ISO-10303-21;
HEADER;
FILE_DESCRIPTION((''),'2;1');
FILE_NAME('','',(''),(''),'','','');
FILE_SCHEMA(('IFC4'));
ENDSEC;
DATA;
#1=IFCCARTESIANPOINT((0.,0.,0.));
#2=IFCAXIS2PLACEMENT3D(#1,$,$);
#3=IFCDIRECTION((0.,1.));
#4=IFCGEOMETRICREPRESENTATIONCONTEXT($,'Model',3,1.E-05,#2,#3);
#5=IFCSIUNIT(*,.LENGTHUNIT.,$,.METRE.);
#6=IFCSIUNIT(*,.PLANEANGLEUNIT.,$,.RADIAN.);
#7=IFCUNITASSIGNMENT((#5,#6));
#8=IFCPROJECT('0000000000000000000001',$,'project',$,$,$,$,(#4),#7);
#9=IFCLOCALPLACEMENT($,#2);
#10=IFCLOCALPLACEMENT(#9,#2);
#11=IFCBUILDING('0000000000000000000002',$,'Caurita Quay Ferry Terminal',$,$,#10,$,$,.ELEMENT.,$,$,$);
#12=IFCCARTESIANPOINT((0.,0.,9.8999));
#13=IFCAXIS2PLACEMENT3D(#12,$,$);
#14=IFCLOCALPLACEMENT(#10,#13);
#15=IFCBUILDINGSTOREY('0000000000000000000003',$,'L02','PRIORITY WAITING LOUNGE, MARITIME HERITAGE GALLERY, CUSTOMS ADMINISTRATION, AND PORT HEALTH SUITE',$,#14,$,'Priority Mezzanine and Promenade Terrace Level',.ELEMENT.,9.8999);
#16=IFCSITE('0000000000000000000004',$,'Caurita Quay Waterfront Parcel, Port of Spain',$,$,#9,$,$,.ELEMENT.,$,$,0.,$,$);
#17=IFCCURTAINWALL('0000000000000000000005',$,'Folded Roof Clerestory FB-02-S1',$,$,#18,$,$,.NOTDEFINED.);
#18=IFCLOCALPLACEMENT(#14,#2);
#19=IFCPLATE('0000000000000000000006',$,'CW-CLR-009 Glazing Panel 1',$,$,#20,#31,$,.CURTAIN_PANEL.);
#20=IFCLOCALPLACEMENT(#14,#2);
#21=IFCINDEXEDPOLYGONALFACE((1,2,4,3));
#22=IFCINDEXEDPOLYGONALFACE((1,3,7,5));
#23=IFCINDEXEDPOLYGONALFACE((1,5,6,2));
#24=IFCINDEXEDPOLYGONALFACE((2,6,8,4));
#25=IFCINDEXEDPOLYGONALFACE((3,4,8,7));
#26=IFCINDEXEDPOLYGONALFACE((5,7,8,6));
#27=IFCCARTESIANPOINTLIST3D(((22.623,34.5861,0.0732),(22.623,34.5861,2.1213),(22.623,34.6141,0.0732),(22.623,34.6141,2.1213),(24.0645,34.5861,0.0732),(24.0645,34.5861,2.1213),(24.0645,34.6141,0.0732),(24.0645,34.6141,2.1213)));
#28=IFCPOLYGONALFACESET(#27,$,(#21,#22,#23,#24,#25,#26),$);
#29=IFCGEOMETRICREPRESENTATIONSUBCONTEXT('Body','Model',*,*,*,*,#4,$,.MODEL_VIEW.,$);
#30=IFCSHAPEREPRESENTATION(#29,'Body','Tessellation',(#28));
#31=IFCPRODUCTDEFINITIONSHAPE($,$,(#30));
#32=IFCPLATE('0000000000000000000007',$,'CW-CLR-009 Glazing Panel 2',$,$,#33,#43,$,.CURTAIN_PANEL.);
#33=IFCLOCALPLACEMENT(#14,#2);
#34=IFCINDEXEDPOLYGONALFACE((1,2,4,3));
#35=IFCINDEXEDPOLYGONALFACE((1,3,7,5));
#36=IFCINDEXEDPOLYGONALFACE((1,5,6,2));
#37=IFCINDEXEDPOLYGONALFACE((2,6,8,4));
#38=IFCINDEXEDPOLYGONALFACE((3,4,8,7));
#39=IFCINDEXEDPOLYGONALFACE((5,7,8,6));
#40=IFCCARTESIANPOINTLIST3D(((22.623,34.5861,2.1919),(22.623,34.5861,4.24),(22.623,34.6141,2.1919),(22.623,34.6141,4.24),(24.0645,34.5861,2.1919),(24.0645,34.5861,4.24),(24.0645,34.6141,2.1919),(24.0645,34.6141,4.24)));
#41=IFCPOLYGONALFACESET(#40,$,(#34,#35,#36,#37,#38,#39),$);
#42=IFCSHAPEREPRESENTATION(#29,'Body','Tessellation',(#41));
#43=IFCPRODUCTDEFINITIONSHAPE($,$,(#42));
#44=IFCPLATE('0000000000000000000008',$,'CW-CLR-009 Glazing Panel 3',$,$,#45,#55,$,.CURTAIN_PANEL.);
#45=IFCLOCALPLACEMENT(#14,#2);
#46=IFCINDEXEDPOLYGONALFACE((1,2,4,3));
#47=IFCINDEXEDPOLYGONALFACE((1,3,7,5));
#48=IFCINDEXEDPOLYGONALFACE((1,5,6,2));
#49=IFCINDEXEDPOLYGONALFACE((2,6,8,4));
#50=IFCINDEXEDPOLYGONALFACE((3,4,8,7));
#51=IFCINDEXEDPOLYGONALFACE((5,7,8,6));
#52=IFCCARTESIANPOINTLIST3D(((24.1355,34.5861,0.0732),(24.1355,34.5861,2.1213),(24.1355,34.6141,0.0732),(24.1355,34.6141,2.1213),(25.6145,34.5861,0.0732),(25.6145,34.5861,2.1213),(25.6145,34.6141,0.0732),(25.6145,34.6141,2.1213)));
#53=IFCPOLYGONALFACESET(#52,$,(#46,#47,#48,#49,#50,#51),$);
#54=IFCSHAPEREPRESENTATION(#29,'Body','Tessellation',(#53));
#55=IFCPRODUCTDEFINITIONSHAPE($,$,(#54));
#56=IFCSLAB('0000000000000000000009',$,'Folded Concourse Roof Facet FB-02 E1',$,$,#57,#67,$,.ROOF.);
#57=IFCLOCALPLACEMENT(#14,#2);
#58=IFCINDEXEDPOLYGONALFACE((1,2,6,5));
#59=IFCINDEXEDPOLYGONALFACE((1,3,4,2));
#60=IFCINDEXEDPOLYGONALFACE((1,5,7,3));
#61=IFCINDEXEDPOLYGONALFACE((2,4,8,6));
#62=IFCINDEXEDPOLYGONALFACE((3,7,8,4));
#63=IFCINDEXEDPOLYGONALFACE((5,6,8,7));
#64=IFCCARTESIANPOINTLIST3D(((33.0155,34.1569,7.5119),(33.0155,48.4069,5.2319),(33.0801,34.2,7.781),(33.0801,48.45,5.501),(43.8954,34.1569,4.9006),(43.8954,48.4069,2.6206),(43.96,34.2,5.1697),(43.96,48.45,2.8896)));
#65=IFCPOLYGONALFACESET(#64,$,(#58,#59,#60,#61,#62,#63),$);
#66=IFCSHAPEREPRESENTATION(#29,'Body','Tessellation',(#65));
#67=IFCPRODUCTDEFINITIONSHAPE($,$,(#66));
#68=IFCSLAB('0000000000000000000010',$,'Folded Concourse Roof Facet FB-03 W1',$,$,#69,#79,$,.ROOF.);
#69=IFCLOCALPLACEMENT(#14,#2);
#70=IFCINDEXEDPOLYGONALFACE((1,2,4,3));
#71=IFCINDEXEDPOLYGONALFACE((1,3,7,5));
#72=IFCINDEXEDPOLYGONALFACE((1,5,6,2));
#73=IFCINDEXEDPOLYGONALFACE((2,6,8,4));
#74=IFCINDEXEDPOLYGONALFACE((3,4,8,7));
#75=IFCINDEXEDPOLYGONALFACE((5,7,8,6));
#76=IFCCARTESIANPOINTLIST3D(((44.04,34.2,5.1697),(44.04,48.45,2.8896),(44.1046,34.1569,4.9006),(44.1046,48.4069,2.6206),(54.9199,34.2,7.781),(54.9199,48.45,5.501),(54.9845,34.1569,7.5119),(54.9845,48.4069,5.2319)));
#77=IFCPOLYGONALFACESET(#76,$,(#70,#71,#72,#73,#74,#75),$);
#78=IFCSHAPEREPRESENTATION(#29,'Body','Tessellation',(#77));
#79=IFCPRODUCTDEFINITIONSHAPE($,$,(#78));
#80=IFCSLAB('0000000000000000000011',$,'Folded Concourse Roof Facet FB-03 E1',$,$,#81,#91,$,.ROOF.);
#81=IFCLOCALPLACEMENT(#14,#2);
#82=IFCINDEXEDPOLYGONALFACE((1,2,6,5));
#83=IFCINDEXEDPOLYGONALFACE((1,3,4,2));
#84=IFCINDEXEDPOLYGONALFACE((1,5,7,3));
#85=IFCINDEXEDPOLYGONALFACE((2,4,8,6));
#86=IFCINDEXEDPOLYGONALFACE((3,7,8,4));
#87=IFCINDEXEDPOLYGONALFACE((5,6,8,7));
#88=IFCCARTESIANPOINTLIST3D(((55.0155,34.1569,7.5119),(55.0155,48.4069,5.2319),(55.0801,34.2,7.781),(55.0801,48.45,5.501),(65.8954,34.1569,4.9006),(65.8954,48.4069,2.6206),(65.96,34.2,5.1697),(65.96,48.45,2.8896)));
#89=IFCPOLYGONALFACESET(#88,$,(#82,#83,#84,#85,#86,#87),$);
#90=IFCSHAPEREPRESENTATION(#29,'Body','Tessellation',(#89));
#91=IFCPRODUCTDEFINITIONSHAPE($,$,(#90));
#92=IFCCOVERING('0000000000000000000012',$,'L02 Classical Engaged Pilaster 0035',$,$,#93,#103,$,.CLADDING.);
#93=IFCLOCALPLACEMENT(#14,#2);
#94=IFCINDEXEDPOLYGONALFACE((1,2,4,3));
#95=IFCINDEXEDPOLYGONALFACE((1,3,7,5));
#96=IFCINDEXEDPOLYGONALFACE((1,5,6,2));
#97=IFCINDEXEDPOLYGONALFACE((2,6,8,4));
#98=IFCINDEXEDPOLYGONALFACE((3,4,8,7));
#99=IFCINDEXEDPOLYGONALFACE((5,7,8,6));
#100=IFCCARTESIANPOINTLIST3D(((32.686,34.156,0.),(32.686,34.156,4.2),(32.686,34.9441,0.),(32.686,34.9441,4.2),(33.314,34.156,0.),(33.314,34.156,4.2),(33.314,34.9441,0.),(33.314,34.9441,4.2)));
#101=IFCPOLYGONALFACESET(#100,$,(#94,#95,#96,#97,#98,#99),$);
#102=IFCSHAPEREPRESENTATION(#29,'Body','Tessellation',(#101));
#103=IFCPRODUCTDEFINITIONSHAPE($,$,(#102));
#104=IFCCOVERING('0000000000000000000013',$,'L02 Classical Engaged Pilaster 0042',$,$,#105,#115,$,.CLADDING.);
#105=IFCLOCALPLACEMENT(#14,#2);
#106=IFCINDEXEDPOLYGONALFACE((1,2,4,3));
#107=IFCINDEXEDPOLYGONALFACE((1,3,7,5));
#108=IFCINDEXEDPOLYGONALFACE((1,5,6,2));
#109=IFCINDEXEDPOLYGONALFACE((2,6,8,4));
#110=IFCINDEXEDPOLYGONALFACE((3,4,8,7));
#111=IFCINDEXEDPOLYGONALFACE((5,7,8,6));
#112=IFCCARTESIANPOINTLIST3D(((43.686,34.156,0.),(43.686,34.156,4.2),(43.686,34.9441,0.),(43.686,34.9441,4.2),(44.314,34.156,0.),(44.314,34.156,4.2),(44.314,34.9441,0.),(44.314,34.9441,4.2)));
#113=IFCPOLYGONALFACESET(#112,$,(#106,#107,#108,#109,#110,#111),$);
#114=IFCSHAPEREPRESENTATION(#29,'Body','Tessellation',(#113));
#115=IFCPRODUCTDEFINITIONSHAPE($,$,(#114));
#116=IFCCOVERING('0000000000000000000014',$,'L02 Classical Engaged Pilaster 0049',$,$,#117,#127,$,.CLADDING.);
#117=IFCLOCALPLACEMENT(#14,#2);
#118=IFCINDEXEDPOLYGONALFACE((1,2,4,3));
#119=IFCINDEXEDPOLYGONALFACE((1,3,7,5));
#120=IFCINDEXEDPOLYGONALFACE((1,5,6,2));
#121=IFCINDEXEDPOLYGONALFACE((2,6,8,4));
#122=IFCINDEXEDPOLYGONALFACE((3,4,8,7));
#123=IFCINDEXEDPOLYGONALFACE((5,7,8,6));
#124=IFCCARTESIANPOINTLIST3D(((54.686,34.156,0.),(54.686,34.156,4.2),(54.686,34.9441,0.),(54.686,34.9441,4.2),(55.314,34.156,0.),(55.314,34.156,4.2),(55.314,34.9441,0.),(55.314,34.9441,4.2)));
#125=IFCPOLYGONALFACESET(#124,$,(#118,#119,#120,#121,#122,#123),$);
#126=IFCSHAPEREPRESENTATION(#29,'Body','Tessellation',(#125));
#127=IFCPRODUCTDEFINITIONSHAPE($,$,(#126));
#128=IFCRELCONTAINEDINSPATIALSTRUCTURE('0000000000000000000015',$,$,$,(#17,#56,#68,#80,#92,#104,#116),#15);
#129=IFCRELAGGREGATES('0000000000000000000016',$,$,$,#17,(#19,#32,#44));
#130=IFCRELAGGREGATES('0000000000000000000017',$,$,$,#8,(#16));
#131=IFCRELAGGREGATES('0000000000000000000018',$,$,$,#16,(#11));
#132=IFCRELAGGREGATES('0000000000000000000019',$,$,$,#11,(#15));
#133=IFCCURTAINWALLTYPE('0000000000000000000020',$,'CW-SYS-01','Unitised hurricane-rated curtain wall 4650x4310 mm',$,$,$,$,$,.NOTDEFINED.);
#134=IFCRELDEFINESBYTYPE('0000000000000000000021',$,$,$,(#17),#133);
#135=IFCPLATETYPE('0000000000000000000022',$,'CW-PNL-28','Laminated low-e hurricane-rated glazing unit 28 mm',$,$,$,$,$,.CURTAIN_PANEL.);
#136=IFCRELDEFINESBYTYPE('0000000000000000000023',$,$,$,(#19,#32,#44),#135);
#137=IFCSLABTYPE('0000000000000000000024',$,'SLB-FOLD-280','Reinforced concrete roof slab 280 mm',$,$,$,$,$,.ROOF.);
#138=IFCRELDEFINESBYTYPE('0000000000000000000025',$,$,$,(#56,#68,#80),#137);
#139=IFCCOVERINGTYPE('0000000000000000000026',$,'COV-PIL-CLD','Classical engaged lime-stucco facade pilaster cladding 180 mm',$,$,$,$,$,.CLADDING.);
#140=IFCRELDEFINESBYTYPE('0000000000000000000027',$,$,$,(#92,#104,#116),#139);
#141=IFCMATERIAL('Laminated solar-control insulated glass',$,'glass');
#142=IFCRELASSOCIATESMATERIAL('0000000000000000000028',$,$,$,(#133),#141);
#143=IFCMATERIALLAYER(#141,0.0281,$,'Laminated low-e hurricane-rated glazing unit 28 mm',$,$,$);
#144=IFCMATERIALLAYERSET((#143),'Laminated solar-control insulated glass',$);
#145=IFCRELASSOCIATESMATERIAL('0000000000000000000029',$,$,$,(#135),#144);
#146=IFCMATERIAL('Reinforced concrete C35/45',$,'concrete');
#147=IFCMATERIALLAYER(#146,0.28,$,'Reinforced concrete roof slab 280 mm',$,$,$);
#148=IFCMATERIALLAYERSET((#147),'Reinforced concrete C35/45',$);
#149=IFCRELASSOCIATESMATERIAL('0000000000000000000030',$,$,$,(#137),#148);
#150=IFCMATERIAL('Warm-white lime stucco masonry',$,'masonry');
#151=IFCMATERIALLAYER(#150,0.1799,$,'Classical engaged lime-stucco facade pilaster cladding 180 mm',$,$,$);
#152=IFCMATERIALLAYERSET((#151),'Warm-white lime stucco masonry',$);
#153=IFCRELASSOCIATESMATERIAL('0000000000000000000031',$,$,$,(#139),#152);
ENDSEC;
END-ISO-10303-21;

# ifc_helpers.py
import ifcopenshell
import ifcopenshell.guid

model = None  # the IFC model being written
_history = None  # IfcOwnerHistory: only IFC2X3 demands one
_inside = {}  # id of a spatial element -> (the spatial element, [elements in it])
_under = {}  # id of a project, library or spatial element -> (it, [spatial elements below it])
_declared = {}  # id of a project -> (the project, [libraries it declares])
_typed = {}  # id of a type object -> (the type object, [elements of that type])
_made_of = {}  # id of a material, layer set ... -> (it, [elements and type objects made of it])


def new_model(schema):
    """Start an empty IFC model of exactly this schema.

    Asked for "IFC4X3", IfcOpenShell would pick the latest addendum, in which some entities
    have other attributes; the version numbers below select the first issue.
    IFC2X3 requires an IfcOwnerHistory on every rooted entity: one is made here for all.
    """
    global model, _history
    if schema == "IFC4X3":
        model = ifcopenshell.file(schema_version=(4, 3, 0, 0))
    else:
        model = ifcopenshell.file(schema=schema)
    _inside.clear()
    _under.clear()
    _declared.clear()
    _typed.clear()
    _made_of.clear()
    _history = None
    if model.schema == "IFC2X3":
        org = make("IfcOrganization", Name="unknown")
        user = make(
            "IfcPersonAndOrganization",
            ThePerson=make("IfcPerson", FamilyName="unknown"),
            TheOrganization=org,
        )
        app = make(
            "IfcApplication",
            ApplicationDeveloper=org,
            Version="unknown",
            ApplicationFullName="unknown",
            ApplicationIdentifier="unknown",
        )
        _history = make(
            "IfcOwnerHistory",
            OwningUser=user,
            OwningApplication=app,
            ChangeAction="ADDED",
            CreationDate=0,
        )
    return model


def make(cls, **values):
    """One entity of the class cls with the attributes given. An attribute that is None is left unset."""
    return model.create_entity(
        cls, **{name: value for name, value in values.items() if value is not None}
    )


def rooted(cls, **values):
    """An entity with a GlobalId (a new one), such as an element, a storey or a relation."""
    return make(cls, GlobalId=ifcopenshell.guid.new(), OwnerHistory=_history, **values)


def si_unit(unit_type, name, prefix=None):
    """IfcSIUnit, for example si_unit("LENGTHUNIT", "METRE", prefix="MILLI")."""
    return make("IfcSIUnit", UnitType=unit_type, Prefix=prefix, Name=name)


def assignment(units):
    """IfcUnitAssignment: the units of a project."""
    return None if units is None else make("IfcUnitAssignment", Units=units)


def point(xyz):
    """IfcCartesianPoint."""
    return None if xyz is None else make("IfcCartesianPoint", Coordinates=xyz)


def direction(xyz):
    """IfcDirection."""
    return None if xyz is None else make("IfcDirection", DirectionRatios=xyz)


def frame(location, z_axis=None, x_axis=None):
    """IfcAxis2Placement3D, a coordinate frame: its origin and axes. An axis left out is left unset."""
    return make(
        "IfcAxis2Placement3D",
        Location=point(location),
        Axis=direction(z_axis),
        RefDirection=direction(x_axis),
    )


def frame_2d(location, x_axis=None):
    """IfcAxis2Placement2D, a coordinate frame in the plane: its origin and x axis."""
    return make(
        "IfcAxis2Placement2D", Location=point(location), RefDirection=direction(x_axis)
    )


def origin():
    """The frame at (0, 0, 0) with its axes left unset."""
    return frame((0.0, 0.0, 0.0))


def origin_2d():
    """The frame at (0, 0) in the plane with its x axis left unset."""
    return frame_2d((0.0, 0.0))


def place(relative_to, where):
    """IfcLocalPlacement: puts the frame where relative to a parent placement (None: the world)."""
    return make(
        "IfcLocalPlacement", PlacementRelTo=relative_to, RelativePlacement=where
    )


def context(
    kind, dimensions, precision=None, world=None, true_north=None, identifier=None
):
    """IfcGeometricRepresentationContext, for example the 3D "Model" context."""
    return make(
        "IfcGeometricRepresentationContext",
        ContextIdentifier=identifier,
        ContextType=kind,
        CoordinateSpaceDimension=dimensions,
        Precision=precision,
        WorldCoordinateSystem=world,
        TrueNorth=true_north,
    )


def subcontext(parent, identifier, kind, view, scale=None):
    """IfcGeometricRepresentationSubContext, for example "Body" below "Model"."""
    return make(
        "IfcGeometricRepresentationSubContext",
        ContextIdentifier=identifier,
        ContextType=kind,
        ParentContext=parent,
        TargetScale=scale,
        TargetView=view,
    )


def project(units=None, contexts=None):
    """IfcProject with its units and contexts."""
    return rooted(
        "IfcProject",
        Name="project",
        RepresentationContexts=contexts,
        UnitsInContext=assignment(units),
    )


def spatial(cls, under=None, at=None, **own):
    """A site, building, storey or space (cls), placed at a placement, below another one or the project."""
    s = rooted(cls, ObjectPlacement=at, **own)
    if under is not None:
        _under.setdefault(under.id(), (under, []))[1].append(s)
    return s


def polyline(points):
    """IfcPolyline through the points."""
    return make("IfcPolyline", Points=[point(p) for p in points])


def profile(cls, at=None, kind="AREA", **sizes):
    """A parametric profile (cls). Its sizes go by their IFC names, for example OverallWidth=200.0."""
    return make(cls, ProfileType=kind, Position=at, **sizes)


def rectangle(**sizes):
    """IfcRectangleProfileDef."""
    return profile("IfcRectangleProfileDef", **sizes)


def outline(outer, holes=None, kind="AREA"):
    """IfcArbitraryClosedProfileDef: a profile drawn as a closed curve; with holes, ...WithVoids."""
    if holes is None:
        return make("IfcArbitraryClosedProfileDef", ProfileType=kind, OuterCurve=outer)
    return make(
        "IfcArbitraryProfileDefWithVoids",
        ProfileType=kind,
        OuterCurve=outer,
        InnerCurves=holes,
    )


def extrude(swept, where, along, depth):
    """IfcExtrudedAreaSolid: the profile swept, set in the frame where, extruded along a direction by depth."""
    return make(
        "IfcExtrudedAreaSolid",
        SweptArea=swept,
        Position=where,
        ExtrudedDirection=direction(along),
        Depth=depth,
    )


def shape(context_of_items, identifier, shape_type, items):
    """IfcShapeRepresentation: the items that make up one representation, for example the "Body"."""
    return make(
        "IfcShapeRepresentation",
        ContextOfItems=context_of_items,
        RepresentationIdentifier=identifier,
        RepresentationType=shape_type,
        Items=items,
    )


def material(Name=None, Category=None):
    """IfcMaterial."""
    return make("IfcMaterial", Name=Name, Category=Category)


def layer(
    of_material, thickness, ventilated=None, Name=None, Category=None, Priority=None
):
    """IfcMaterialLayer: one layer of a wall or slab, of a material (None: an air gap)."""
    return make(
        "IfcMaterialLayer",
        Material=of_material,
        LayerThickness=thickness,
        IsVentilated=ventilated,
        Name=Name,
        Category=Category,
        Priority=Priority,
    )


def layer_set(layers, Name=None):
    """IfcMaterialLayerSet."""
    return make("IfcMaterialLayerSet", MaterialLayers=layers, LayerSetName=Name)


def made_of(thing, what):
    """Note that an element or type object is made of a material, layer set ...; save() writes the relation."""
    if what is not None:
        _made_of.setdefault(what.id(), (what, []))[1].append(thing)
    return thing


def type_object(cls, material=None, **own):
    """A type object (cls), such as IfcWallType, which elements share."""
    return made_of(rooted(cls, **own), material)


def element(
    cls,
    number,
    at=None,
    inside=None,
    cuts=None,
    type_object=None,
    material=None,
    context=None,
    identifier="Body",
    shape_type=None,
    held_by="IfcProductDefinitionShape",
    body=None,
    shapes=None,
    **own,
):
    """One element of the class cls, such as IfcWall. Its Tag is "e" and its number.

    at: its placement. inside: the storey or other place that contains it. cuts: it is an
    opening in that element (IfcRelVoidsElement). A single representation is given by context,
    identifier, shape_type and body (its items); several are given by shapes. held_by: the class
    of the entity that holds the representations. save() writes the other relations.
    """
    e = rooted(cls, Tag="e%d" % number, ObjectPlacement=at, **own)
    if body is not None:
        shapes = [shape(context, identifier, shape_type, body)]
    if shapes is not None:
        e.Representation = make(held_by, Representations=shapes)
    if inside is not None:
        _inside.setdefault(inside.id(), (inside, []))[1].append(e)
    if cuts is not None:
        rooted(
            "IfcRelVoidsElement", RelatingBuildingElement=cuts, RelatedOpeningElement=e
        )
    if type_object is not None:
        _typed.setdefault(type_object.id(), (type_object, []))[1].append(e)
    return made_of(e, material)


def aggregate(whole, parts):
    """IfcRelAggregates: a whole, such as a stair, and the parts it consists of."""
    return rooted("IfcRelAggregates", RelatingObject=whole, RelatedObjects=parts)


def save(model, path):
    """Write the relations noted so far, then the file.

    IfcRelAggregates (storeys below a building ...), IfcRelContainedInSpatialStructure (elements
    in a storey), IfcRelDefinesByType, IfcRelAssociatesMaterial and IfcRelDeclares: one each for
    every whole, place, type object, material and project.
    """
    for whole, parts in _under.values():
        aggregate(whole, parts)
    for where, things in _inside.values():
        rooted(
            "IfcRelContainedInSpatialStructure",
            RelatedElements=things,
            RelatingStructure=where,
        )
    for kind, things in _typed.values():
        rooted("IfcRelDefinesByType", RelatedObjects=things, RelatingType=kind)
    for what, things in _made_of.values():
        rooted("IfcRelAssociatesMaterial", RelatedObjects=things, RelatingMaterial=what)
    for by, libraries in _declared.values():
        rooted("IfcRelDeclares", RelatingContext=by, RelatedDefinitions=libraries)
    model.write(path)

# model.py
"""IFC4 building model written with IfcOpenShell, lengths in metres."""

from ifc_helpers import new_model, si_unit, direction, frame, origin, origin_2d, place, context, subcontext, project, spatial, polyline, rectangle, outline, extrude, material, layer, layer_set, type_object, element, aggregate, save


model = new_model("IFC4")

# Units and contexts
model_context = context("Model", 3, precision=1e-05, world=origin(), true_north=direction((0.0, 1.0)))
body_context = subcontext(model_context, "Body", "Model", "MODEL_VIEW")
ifc_project = project(units=[si_unit("LENGTHUNIT", "METRE"), si_unit("PLANEANGLEUNIT", "RADIAN")], contexts=[model_context])

# Site, building, storey
site_placement = place(None, origin())
site = spatial("IfcSite", under=ifc_project, at=site_placement, Name="Caurita Quay Waterfront Parcel, Port of Spain", CompositionType="ELEMENT", RefElevation=0.0)
building_placement = place(site_placement, origin())
building = spatial("IfcBuilding", under=site, at=building_placement, Name="Caurita Quay Ferry Terminal", CompositionType="ELEMENT")
storey_placement = place(building_placement, frame((0.0, 0.0, 9.8999)))
storey = spatial("IfcBuildingStorey", under=building, at=storey_placement, Name="L02", Description="PRIORITY WAITING LOUNGE, MARITIME HERITAGE GALLERY, CUSTOMS ADMINISTRATION, AND PORT HEALTH SUITE", LongName="Priority Mezzanine and Promenade Terrace Level", CompositionType="ELEMENT", Elevation=9.8999)

# Curtain wall, plates
ifc_material_1 = material(Name="Laminated solar-control insulated glass", Category="glass")
curtain_wall_type = type_object("IfcCurtainWallType", Name="CW-SYS-01", Description="Unitised hurricane-rated curtain wall 4650x4310 mm", PredefinedType="NOTDEFINED", material=ifc_material_1)
curtain_wall_placement = place(storey_placement, origin())
curtain_wall = element("IfcCurtainWall", 1, at=curtain_wall_placement, inside=storey, type_object=curtain_wall_type, Name="Folded Roof Clerestory FB-02-S1", PredefinedType="NOTDEFINED")
ifc_layer_1 = layer(ifc_material_1, 0.0281, Name="Laminated low-e hurricane-rated glazing unit 28 mm")
ifc_layer_set_1 = layer_set([ifc_layer_1], Name="Laminated solar-control insulated glass")
plate_type = type_object("IfcPlateType", Name="CW-PNL-28", Description="Laminated low-e hurricane-rated glazing unit 28 mm", PredefinedType="CURTAIN_PANEL", material=ifc_layer_set_1)
plate_1_placement = place(storey_placement, frame((23.3438, 34.6001, 0.0732), z_axis=(0.0, 0.0, 1.0), x_axis=(1.0, 0.0, 0.0)))
plate_1 = element("IfcPlate", 2, at=plate_1_placement, type_object=plate_type, Name="CW-CLR-009 Glazing Panel 1", PredefinedType="CURTAIN_PANEL", context=body_context, shape_type="SweptSolid", body=[
    extrude(rectangle(XDim=1.4414, YDim=0.0281, at=origin_2d()), origin(), (0.0, 0.0, 1.0), 2.0481),
])
plate_2_placement = place(storey_placement, frame((23.3438, 34.6001, 2.1919), z_axis=(0.0, 0.0, 1.0), x_axis=(1.0, 0.0, 0.0)))
plate_2 = element("IfcPlate", 3, at=plate_2_placement, type_object=plate_type, Name="CW-CLR-009 Glazing Panel 2", PredefinedType="CURTAIN_PANEL", context=body_context, shape_type="SweptSolid", body=[
    extrude(rectangle(XDim=1.4414, YDim=0.0281, at=origin_2d()), origin(), (0.0, 0.0, 1.0), 2.0481),
])
plate_3_placement = place(storey_placement, frame((24.875, 34.6001, 0.0732), z_axis=(0.0, 0.0, 1.0), x_axis=(1.0, 0.0, 0.0)))
plate_3 = element("IfcPlate", 4, at=plate_3_placement, type_object=plate_type, Name="CW-CLR-009 Glazing Panel 3", PredefinedType="CURTAIN_PANEL", context=body_context, shape_type="SweptSolid", body=[
    extrude(rectangle(XDim=1.479, YDim=0.0281, at=origin_2d()), origin(), (0.0, 0.0, 1.0), 2.0481),
])
aggregate(curtain_wall, [plate_1, plate_2, plate_3])

# Slabs
ifc_material_2 = material(Name="Reinforced concrete C35/45", Category="concrete")
ifc_layer_2 = layer(ifc_material_2, 0.28, Name="Reinforced concrete roof slab 280 mm")
ifc_layer_set_2 = layer_set([ifc_layer_2], Name="Reinforced concrete C35/45")
slab_type = type_object("IfcSlabType", Name="SLB-FOLD-280", Description="Reinforced concrete roof slab 280 mm", PredefinedType="ROOF", material=ifc_layer_set_2)
slab_1_placement = place(storey_placement, frame((33.0801, 34.2, 7.781), z_axis=(0.230612, 0.153734, 0.960825), x_axis=(0.972384, 0.0, -0.233386)))
element("IfcSlab", 5, at=slab_1_placement, inside=storey, type_object=slab_type, Name="Folded Concourse Roof Facet FB-02 E1", PredefinedType="ROOF", context=body_context, shape_type="SweptSolid", body=[
    extrude(outline(polyline([(0.0, 0.0), (11.1889, 0.0), (11.721, 14.4214), (0.5321, 14.4214), (0.0, 0.0)])), origin(), (0.0, 0.0, -1.0), 0.28),
])
slab_2_placement = place(storey_placement, frame((44.04, 34.2, 5.1697), z_axis=(-0.230612, 0.153734, 0.960825), x_axis=(0.972384, 0.0, 0.233386)))
element("IfcSlab", 6, at=slab_2_placement, inside=storey, type_object=slab_type, Name="Folded Concourse Roof Facet FB-03 W1", PredefinedType="ROOF", context=body_context, shape_type="SweptSolid", body=[
    extrude(outline(polyline([(0.0, 0.0), (11.1889, 0.0), (10.6567, 14.4214), (-0.5321, 14.4214), (0.0, 0.0)])), origin(), (0.0, 0.0, -1.0), 0.28),
])
slab_3_placement = place(storey_placement, frame((55.0801, 34.2, 7.781), z_axis=(0.230612, 0.153734, 0.960825), x_axis=(0.972384, 0.0, -0.233386)))
element("IfcSlab", 7, at=slab_3_placement, inside=storey, type_object=slab_type, Name="Folded Concourse Roof Facet FB-03 E1", PredefinedType="ROOF", context=body_context, shape_type="SweptSolid", body=[
    extrude(outline(polyline([(0.0, 0.0), (11.1889, 0.0), (11.721, 14.4214), (0.5321, 14.4214), (0.0, 0.0)])), origin(), (0.0, 0.0, -1.0), 0.28),
])

# Coverings
ifc_material_3 = material(Name="Warm-white lime stucco masonry", Category="masonry")
ifc_layer_3 = layer(ifc_material_3, 0.1799, Name="Classical engaged lime-stucco facade pilaster cladding 180 mm")
ifc_layer_set_3 = layer_set([ifc_layer_3], Name="Warm-white lime stucco masonry")
covering_type = type_object("IfcCoveringType", Name="COV-PIL-CLD", Description="Classical engaged lime-stucco facade pilaster cladding 180 mm", PredefinedType="CLADDING", material=ifc_layer_set_3)
for number, where, z_axis, x_axis, name in (
    (8, (33.0, 34.55, 0.0), (0.0, 0.0, 1.0), (1.0, 0.0, 0.0), "L02 Classical Engaged Pilaster 0035"),
    (9, (44.0, 34.55, 0.0), (0.0, 0.0, 1.0), (1.0, 0.0, 0.0), "L02 Classical Engaged Pilaster 0042"),
    (10, (55.0, 34.55, 0.0), (0.0, 0.0, 1.0), (1.0, 0.0, 0.0), "L02 Classical Engaged Pilaster 0049"),
):
    element("IfcCovering", number, at=place(storey_placement, frame(where, z_axis=z_axis, x_axis=x_axis)), inside=storey, type_object=covering_type, Name=name, PredefinedType="CLADDING", context=body_context, shape_type="SweptSolid", body=[
        extrude(rectangle(XDim=0.6279, YDim=0.7881, at=origin_2d()), origin(), (0.0, 0.0, 1.0), 4.2),
    ])

save(model, "model.ifc")
